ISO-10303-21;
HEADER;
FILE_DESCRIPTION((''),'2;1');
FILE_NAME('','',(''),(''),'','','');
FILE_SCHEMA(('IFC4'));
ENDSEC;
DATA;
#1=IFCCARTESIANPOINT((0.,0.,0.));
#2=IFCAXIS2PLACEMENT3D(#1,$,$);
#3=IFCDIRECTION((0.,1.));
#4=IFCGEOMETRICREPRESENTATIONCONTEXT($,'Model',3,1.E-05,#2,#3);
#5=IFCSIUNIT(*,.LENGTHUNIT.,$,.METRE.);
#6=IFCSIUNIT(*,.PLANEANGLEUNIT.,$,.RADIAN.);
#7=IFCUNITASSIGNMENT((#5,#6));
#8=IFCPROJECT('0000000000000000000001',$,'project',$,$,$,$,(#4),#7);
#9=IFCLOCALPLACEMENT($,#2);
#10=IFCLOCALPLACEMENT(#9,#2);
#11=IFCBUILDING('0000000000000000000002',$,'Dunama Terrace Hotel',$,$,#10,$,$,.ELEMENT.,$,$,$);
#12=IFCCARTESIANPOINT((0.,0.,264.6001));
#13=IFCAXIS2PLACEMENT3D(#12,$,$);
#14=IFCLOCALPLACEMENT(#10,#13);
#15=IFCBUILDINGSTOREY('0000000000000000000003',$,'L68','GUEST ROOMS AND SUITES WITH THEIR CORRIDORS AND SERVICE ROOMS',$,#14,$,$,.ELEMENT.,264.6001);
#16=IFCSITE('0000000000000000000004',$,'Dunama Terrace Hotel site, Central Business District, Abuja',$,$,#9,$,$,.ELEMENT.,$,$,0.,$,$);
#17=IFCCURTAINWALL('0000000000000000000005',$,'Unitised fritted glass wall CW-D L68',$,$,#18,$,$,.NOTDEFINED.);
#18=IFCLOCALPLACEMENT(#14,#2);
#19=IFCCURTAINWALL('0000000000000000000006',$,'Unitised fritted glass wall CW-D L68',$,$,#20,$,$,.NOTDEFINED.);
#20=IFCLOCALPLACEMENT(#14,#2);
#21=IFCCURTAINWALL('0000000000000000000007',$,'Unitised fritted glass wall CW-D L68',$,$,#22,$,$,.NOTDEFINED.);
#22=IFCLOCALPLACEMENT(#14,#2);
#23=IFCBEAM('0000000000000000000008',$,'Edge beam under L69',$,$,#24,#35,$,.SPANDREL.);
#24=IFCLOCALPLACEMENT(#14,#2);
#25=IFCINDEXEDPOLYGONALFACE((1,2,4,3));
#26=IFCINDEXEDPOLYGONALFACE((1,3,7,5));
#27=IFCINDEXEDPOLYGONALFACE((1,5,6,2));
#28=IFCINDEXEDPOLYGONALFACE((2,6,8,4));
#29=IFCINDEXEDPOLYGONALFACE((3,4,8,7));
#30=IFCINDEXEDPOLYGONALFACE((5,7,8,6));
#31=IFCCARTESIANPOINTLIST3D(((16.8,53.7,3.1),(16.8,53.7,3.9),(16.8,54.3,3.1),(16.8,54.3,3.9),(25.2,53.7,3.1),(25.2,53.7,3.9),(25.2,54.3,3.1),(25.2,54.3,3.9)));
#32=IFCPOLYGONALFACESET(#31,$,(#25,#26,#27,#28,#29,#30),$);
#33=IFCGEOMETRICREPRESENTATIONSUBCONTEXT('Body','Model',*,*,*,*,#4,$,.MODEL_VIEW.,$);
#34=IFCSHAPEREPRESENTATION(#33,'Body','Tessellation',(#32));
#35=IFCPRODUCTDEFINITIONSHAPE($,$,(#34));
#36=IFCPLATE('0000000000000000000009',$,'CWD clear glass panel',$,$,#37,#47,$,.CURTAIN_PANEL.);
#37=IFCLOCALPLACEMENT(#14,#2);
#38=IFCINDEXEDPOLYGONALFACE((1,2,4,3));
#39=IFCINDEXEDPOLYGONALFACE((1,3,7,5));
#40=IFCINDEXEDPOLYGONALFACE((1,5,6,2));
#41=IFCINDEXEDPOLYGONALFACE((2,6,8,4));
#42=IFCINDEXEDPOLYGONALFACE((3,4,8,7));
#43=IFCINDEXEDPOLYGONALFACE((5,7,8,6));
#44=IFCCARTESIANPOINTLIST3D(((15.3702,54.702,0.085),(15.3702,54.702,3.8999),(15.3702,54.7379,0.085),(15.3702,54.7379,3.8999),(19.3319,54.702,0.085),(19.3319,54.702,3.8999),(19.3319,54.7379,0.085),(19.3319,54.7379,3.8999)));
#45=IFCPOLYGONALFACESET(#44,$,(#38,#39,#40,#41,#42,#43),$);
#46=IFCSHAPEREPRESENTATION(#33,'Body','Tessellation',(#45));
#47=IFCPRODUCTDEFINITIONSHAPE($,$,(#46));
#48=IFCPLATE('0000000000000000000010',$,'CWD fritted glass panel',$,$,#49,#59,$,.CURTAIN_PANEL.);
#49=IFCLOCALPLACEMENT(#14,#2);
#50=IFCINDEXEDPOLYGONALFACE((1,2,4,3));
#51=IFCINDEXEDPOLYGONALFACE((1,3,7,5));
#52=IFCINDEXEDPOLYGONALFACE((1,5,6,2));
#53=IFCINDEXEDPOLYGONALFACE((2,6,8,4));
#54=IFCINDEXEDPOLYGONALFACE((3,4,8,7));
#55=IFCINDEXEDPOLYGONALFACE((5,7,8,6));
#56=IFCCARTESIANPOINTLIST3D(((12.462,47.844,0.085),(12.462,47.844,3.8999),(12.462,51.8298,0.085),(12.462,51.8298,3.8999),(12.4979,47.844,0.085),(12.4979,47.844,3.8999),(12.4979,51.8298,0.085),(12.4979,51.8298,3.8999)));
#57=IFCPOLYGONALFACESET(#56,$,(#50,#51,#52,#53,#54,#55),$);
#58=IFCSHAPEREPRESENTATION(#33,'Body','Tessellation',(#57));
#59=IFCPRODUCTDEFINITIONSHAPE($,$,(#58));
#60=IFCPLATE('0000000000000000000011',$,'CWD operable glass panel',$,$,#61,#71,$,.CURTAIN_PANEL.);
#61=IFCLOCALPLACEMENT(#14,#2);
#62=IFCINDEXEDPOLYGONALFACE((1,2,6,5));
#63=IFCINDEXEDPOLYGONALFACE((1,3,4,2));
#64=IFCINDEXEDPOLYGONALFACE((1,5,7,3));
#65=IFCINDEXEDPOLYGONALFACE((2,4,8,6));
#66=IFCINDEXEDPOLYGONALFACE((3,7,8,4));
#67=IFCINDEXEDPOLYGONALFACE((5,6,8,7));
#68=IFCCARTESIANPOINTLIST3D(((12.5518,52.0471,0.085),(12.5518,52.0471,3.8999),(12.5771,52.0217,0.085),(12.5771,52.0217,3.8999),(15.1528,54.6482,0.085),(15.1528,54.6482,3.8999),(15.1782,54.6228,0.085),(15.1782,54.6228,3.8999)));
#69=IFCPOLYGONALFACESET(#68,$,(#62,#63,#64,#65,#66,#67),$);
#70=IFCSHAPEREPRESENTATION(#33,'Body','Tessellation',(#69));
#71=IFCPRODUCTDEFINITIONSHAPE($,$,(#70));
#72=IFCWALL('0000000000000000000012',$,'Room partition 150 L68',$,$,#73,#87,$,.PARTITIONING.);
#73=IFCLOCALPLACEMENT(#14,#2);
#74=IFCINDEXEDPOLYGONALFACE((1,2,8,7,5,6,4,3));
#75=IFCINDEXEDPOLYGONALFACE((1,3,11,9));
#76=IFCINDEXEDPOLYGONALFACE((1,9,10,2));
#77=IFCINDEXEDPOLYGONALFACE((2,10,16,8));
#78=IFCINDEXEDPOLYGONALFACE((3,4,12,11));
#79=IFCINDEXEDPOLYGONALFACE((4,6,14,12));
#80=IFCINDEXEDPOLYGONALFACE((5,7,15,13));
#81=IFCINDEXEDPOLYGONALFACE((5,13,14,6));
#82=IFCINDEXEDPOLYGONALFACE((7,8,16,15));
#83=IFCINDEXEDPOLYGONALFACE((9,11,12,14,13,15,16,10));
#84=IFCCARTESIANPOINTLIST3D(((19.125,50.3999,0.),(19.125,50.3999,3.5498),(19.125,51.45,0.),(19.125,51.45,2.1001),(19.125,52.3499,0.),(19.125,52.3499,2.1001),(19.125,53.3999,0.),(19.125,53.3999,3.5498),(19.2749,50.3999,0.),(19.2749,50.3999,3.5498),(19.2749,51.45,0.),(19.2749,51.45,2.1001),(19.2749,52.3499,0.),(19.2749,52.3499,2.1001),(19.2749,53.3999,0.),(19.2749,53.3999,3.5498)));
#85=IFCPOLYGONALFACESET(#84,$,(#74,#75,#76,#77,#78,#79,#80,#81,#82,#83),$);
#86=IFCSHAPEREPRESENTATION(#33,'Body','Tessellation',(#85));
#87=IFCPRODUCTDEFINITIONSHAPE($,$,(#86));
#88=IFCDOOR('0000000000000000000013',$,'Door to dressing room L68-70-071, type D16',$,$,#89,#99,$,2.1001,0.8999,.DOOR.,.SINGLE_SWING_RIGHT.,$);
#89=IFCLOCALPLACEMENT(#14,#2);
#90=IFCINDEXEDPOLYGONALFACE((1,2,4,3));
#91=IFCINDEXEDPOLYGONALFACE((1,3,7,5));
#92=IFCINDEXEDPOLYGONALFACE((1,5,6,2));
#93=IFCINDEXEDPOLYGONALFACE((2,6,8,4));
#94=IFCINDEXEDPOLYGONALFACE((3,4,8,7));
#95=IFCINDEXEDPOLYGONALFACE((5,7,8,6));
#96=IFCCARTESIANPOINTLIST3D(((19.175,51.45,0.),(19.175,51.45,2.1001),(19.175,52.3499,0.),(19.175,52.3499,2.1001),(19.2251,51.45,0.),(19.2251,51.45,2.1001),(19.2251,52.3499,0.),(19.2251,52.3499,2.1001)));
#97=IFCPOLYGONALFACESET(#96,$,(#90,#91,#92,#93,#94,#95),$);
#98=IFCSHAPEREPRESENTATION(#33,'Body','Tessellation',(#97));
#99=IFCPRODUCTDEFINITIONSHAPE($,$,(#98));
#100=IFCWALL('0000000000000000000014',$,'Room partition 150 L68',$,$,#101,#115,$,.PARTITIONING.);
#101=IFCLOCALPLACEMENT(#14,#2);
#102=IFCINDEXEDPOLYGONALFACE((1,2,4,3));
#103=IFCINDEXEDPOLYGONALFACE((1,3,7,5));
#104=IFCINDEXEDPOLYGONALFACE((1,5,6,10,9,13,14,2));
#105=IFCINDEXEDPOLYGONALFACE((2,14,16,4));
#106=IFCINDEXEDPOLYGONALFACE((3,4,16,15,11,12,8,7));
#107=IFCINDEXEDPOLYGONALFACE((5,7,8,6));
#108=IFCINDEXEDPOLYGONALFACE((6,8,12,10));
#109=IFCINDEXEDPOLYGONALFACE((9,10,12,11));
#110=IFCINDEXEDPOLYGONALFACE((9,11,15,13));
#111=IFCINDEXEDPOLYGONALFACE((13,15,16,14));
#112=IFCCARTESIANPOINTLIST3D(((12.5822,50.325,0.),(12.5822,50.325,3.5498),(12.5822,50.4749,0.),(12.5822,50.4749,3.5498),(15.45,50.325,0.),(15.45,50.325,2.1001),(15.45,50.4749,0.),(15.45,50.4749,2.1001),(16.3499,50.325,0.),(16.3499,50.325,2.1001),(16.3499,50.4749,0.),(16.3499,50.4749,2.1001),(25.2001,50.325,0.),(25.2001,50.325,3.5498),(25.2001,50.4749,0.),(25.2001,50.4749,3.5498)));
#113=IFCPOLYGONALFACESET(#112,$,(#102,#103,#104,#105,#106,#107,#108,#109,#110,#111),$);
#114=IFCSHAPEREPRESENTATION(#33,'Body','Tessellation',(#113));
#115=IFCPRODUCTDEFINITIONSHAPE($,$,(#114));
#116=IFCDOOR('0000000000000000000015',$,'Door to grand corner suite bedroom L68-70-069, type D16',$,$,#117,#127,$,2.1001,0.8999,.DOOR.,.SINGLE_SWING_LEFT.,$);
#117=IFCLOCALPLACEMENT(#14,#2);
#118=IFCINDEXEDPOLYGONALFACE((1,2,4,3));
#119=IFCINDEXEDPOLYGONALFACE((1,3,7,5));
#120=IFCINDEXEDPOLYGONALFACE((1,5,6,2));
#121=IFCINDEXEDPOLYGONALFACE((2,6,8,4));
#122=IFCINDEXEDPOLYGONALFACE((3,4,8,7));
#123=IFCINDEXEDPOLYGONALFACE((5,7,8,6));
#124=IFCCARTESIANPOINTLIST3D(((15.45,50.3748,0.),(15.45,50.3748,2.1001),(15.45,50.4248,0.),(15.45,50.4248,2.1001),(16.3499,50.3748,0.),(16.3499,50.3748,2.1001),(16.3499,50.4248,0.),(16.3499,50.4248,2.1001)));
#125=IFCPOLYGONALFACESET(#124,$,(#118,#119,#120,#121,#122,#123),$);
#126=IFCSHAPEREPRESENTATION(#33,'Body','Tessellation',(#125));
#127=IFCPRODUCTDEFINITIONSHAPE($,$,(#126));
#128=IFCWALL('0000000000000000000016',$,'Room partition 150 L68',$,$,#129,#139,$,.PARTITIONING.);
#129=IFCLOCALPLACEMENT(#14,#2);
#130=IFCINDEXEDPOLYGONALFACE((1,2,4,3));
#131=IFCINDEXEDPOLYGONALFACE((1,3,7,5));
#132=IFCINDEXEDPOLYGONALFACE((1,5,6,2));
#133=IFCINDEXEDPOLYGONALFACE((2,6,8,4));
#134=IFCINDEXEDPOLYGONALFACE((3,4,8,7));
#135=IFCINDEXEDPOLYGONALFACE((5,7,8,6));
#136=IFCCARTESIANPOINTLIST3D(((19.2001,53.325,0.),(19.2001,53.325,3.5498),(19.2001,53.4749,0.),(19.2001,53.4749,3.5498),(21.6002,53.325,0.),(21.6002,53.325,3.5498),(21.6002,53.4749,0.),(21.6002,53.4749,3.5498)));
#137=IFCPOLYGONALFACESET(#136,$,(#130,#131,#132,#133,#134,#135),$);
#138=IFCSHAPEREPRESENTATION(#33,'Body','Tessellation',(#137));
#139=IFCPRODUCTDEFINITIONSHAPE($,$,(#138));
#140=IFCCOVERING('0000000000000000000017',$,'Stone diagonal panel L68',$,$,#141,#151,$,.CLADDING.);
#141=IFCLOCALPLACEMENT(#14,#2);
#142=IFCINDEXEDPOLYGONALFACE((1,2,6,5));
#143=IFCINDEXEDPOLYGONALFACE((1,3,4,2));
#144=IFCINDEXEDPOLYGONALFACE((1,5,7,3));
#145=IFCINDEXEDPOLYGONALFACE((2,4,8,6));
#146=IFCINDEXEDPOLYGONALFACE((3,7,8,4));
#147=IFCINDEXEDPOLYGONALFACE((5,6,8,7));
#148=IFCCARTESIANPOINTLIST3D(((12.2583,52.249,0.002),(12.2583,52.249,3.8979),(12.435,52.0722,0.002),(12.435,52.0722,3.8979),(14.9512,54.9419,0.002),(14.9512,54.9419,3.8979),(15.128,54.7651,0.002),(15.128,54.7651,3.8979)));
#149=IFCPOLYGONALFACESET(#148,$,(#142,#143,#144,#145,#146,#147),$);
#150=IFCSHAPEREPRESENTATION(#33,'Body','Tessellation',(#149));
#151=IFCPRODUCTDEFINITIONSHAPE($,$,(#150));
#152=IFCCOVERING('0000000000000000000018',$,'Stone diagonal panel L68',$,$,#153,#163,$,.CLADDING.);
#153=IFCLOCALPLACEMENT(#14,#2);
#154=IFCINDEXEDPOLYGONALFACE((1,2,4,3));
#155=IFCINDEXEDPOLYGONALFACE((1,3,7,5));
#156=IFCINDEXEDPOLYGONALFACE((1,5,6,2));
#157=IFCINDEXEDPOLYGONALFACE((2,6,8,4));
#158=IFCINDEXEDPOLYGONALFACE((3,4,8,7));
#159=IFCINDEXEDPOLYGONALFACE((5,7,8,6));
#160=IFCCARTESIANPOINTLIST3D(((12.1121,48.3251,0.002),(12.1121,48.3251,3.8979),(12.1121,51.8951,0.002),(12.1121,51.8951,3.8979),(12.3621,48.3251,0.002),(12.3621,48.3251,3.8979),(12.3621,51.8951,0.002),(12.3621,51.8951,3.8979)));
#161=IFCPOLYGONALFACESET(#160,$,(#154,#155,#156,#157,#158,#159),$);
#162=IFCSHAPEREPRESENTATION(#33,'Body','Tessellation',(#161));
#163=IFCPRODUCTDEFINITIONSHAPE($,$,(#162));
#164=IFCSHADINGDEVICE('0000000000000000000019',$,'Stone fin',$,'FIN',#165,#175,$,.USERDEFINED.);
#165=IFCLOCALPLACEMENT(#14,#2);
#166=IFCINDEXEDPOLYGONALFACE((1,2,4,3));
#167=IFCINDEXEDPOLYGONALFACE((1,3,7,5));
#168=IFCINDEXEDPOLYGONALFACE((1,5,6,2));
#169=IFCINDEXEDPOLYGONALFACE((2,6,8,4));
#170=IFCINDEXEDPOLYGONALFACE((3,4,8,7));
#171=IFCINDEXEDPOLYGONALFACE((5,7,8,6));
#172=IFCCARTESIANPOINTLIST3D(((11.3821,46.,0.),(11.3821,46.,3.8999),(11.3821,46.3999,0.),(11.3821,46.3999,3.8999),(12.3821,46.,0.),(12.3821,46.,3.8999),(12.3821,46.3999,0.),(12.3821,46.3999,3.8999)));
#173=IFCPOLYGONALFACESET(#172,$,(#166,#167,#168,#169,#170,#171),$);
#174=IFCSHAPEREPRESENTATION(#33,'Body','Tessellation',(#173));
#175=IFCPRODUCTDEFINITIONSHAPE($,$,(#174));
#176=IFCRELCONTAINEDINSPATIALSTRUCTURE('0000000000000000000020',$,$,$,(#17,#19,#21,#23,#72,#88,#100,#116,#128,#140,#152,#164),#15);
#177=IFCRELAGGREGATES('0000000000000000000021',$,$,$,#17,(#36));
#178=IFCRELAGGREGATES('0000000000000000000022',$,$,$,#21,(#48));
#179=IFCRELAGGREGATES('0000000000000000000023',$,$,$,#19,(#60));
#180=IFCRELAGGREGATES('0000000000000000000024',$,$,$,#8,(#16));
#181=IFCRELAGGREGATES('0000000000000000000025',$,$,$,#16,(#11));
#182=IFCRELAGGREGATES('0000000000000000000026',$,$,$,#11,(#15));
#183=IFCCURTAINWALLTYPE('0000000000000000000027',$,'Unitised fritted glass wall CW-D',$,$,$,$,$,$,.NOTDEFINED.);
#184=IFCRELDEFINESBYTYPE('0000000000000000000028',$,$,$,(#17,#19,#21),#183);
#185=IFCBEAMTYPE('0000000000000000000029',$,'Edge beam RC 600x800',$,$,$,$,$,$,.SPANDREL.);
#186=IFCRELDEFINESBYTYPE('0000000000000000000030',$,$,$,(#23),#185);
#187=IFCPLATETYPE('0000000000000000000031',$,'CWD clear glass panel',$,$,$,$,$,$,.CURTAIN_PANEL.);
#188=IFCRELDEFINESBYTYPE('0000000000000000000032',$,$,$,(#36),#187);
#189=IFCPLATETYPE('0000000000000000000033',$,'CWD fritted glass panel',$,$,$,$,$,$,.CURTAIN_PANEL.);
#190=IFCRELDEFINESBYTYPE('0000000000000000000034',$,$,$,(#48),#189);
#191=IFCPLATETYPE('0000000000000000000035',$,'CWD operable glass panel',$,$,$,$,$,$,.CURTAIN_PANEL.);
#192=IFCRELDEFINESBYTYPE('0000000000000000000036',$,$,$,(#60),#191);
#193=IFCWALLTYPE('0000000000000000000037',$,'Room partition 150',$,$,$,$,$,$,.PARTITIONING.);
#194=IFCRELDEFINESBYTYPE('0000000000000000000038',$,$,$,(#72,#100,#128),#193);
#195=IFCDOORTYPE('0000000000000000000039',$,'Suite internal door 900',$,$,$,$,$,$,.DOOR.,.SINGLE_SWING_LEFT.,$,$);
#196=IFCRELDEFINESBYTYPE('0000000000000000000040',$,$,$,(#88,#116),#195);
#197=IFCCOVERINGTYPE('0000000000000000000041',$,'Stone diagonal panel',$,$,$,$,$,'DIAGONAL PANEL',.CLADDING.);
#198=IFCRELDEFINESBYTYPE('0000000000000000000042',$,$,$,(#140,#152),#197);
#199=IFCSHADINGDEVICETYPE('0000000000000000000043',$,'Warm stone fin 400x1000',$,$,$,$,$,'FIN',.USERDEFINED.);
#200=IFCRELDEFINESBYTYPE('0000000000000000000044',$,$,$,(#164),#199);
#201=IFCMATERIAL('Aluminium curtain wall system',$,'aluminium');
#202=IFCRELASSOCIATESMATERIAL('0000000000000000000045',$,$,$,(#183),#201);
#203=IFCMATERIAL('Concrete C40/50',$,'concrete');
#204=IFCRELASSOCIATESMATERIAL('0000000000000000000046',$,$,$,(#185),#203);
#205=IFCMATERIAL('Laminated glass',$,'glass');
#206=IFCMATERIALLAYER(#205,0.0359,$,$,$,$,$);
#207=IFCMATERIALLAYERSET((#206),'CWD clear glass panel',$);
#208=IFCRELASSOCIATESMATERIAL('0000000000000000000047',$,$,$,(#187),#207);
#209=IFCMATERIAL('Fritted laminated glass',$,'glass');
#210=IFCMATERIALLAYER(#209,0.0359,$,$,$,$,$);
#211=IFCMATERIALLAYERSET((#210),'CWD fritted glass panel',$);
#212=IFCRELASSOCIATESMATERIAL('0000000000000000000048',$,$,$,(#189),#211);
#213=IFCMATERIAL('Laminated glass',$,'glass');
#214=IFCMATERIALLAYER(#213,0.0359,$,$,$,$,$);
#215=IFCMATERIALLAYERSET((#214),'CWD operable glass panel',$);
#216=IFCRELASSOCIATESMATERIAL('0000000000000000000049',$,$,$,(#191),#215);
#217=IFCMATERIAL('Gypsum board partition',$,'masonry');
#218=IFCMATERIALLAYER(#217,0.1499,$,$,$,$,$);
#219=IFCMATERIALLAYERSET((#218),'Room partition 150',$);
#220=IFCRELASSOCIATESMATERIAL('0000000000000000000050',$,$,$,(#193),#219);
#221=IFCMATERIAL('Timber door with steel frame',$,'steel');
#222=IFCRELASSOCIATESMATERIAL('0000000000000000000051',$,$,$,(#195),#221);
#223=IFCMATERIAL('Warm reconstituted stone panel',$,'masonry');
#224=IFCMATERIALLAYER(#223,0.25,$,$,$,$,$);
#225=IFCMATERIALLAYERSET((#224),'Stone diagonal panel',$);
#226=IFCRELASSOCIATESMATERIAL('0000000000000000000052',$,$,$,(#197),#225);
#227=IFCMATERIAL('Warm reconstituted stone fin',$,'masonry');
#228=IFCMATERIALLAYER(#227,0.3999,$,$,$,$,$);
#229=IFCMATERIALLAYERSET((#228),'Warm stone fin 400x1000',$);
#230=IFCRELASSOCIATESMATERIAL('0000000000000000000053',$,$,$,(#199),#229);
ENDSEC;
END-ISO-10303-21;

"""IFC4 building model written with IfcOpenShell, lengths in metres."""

from ifc_helpers import new_model, si_unit, direction, frame, frame_2d, origin, origin_2d, place, context, subcontext, project, spatial, rectangle, extrude, material, layer, layer_set, material_profile, profile_set, type_object, element, fill, aggregate, save


model = new_model("IFC4")

# Units and contexts
model_context = context("Model", 3, precision=1e-05, world=origin(), true_north=direction((0.0, 1.0)))
body_context = subcontext(model_context, "Body", "Model", "MODEL_VIEW")
ifc_project = project(units=[si_unit("LENGTHUNIT", "METRE"), si_unit("PLANEANGLEUNIT", "RADIAN")], contexts=[model_context])

# Site, building, storey
site_placement = place(None, origin())
site = spatial("IfcSite", under=ifc_project, at=site_placement, Name="Dunama Terrace Hotel site, Central Business District, Abuja", CompositionType="ELEMENT", RefElevation=0.0)
building_placement = place(site_placement, origin())
building = spatial("IfcBuilding", under=site, at=building_placement, Name="Dunama Terrace Hotel", CompositionType="ELEMENT")
storey_placement = place(building_placement, frame((0.0, 0.0, 264.6001)))
storey = spatial("IfcBuildingStorey", under=building, at=storey_placement, Name="L68", Description="GUEST ROOMS AND SUITES WITH THEIR CORRIDORS AND SERVICE ROOMS", CompositionType="ELEMENT", Elevation=264.6001)

# Curtain walls
ifc_material_1 = material(Name="Aluminium curtain wall system", Category="aluminium")
curtain_wall_type = type_object("IfcCurtainWallType", Name="Unitised fritted glass wall CW-D", PredefinedType="NOTDEFINED", material=ifc_material_1)
curtain_wall_1_placement = place(storey_placement, origin())
curtain_wall_1 = element("IfcCurtainWall", 1, at=curtain_wall_1_placement, inside=storey, type_object=curtain_wall_type, Name="Unitised fritted glass wall CW-D L68", PredefinedType="NOTDEFINED")
curtain_wall_2_placement = place(storey_placement, origin())
curtain_wall_2 = element("IfcCurtainWall", 2, at=curtain_wall_2_placement, inside=storey, type_object=curtain_wall_type, Name="Unitised fritted glass wall CW-D L68", PredefinedType="NOTDEFINED")
curtain_wall_3_placement = place(storey_placement, origin())
curtain_wall_3 = element("IfcCurtainWall", 3, at=curtain_wall_3_placement, inside=storey, type_object=curtain_wall_type, Name="Unitised fritted glass wall CW-D L68", PredefinedType="NOTDEFINED")

# Beam
ifc_material_2 = material(Name="Concrete C40/50", Category="concrete")
ifc_material_profile_1 = material_profile(ifc_material_2, rectangle(XDim=0.6001, YDim=0.8, at=origin_2d()), Name="RC 600x800")
ifc_profile_set_1 = profile_set([ifc_material_profile_1], Name="Concrete C40/50")
beam_type_1 = type_object("IfcBeamType", Name="Edge beam RC 600x800", PredefinedType="SPANDREL", material=ifc_profile_set_1)
beam_1_placement = place(storey_placement, frame((16.8, 54.0, 3.5), z_axis=(1.0, 0.0, 0.0), x_axis=(0.0, 1.0, 0.0)))
element("IfcBeam", 4, at=beam_1_placement, inside=storey, type_object=beam_type_1, Name="Edge beam under L69", PredefinedType="SPANDREL", context=body_context, shape_type="SweptSolid", body=[
    extrude(rectangle(XDim=0.6001, YDim=0.8, at=origin_2d()), origin(), (0.0, 0.0, 1.0), 8.3999),
])

# Plates
ifc_material_3 = material(Name="Laminated glass", Category="glass")
ifc_layer_1 = layer(ifc_material_3, 0.0359)
ifc_layer_set_1 = layer_set([ifc_layer_1], Name="CWD clear glass panel")
plate_type_1 = type_object("IfcPlateType", Name="CWD clear glass panel", PredefinedType="CURTAIN_PANEL", material=ifc_layer_set_1)
plate_1_placement = place(storey_placement, frame((17.3511, 54.72, 0.085), z_axis=(0.0, 0.0, 1.0), x_axis=(-1.0, 0.0, 0.0)))
plate_1 = element("IfcPlate", 5, at=plate_1_placement, type_object=plate_type_1, Name="CWD clear glass panel", PredefinedType="CURTAIN_PANEL", context=body_context, shape_type="SweptSolid", body=[
    extrude(rectangle(XDim=3.9617, YDim=0.0359, at=origin_2d()), origin(), (0.0, 0.0, 1.0), 3.8149),
])
aggregate(curtain_wall_1, [plate_1])
ifc_material_4 = material(Name="Fritted laminated glass", Category="glass")
ifc_layer_2 = layer(ifc_material_4, 0.0359)
ifc_layer_set_2 = layer_set([ifc_layer_2], Name="CWD fritted glass panel")
plate_type_2 = type_object("IfcPlateType", Name="CWD fritted glass panel", PredefinedType="CURTAIN_PANEL", material=ifc_layer_set_2)
plate_2_placement = place(storey_placement, frame((12.48, 49.8369, 0.085), z_axis=(0.0, 0.0, 1.0), x_axis=(0.0, -1.0, 0.0)))
plate_2 = element("IfcPlate", 6, at=plate_2_placement, type_object=plate_type_2, Name="CWD fritted glass panel", PredefinedType="CURTAIN_PANEL", context=body_context, shape_type="SweptSolid", body=[
    extrude(rectangle(XDim=3.9858, YDim=0.0359, at=origin_2d()), origin(), (0.0, 0.0, 1.0), 3.8149),
])
aggregate(curtain_wall_3, [plate_2])
ifc_material_5 = material(Name="Laminated glass", Category="glass")
ifc_layer_3 = layer(ifc_material_5, 0.0359)
ifc_layer_set_3 = layer_set([ifc_layer_3], Name="CWD operable glass panel")
plate_type_3 = type_object("IfcPlateType", Name="CWD operable glass panel", PredefinedType="CURTAIN_PANEL", material=ifc_layer_set_3)
plate_3_placement = place(storey_placement, frame((13.865, 53.335, 0.085), z_axis=(0.0, 0.0, 1.0), x_axis=(-0.707107, -0.707107, 0.0)))
plate_3 = element("IfcPlate", 7, at=plate_3_placement, type_object=plate_type_3, Name="CWD operable glass panel", PredefinedType="CURTAIN_PANEL", context=body_context, shape_type="SweptSolid", body=[
    extrude(rectangle(XDim=3.6785, YDim=0.0359, at=origin_2d()), origin(), (0.0, 0.0, 1.0), 3.8149),
])
aggregate(curtain_wall_2, [plate_3])

# Walls, openings, doors
ifc_material_6 = material(Name="Gypsum board partition", Category="masonry")
ifc_layer_4 = layer(ifc_material_6, 0.1499)
ifc_layer_set_4 = layer_set([ifc_layer_4], Name="Room partition 150")
wall_type = type_object("IfcWallType", Name="Room partition 150", PredefinedType="PARTITIONING", material=ifc_layer_set_4)
wall_1_placement = place(storey_placement, frame((19.2, 50.3999, 0.0), z_axis=(0.0, 0.0, 1.0), x_axis=(0.0, 1.0, 0.0)))
wall_1 = element("IfcWall", 8, at=wall_1_placement, inside=storey, type_object=wall_type, Name="Room partition 150 L68", PredefinedType="PARTITIONING", context=body_context, shape_type="SweptSolid", body=[
    extrude(rectangle(XDim=3.0, YDim=0.1499, at=frame_2d((1.5, 0.0))), origin(), (0.0, 0.0, 1.0), 3.5498),
])
opening_1_placement = place(wall_1_placement, frame((1.05, 0.0, 0.0)))
opening_1 = element("IfcOpeningElement", 9, at=opening_1_placement, cuts=wall_1, PredefinedType="OPENING", context=body_context, shape_type="SweptSolid", body=[
    extrude(rectangle(XDim=0.8999, YDim=2.1001, at=frame_2d((0.45, 1.05))), frame((0.0, 0.085, 0.0), z_axis=(0.0, -1.0, 0.0), x_axis=(1.0, 0.0, 0.0)), (0.0, 0.0, 1.0), 0.1699),
])
ifc_material_7 = material(Name="Timber door with steel frame", Category="steel")
door_type = type_object("IfcDoorType", Name="Suite internal door 900", OperationType="SINGLE_SWING_LEFT", PredefinedType="DOOR", material=ifc_material_7)
door_1_placement = place(opening_1_placement, frame((0.8999, 0.0, 0.0), z_axis=(0.0, 0.0, 1.0), x_axis=(-1.0, 0.0, 0.0)))
door_1 = element("IfcDoor", 10, at=door_1_placement, inside=storey, type_object=door_type, Name="Door to dressing room L68-70-071, type D16", OperationType="SINGLE_SWING_RIGHT", OverallHeight=2.1001, OverallWidth=0.8999, PredefinedType="DOOR", context=body_context, shape_type="SweptSolid", body=[
    extrude(rectangle(XDim=0.8999, YDim=2.1001, at=frame_2d((0.45, 1.05))), frame((0.0, 0.0251, 0.0), z_axis=(0.0, -1.0, 0.0), x_axis=(1.0, 0.0, 0.0)), (0.0, 0.0, 1.0), 0.05),
])
fill(opening_1, door_1)
wall_2_placement = place(storey_placement, frame((12.582, 50.3999, 0.0), z_axis=(0.0, 0.0, 1.0), x_axis=(1.0, 0.0, 0.0)))
wall_2 = element("IfcWall", 11, at=wall_2_placement, inside=storey, type_object=wall_type, Name="Room partition 150 L68", PredefinedType="PARTITIONING", context=body_context, shape_type="SweptSolid", body=[
    extrude(rectangle(XDim=12.6179, YDim=0.1499, at=frame_2d((6.3091, 0.0))), origin(), (0.0, 0.0, 1.0), 3.5498),
])
opening_2_placement = place(wall_2_placement, frame((2.8679, 0.0, 0.0)))
opening_2 = element("IfcOpeningElement", 12, at=opening_2_placement, cuts=wall_2, PredefinedType="OPENING", context=body_context, shape_type="SweptSolid", body=[
    extrude(rectangle(XDim=0.8999, YDim=2.1001, at=frame_2d((0.45, 1.05))), frame((0.0, 0.085, 0.0), z_axis=(0.0, -1.0, 0.0), x_axis=(1.0, 0.0, 0.0)), (0.0, 0.0, 1.0), 0.1699),
])
door_2_placement = place(opening_2_placement, origin())
door_2 = element("IfcDoor", 13, at=door_2_placement, inside=storey, type_object=door_type, Name="Door to grand corner suite bedroom L68-70-069, type D16", OperationType="SINGLE_SWING_LEFT", OverallHeight=2.1001, OverallWidth=0.8999, PredefinedType="DOOR", context=body_context, shape_type="SweptSolid", body=[
    extrude(rectangle(XDim=0.8999, YDim=2.1001, at=frame_2d((0.45, 1.05))), frame((0.0, 0.0249, 0.0), z_axis=(0.0, -1.0, 0.0), x_axis=(1.0, 0.0, 0.0)), (0.0, 0.0, 1.0), 0.05),
])
fill(opening_2, door_2)

# Wall
wall_3_placement = place(storey_placement, frame((19.2, 53.3999, 0.0), z_axis=(0.0, 0.0, 1.0), x_axis=(1.0, 0.0, 0.0)))
element("IfcWall", 14, at=wall_3_placement, inside=storey, type_object=wall_type, Name="Room partition 150 L68", PredefinedType="PARTITIONING", context=body_context, shape_type="SweptSolid", body=[
    extrude(rectangle(XDim=2.4001, YDim=0.1499, at=frame_2d((1.2002, 0.0))), origin(), (0.0, 0.0, 1.0), 3.5498),
])

# Coverings
ifc_material_8 = material(Name="Warm reconstituted stone panel", Category="masonry")
ifc_layer_5 = layer(ifc_material_8, 0.25)
ifc_layer_set_5 = layer_set([ifc_layer_5], Name="Stone diagonal panel")
covering_type = type_object("IfcCoveringType", Name="Stone diagonal panel", ElementType="DIAGONAL PANEL", PredefinedType="CLADDING", material=ifc_layer_set_5)
covering_1_placement = place(storey_placement, frame((13.6931, 53.5071, 0.002), z_axis=(0.0, 0.0, 1.0), x_axis=(-0.707107, -0.707107, 0.0)))
element("IfcCovering", 15, at=covering_1_placement, inside=storey, type_object=covering_type, Name="Stone diagonal panel L68", PredefinedType="CLADDING", context=body_context, shape_type="SweptSolid", body=[
    extrude(rectangle(XDim=3.8083, YDim=0.25, at=origin_2d()), origin(), (0.0, 0.0, 1.0), 3.896),
])
covering_2_placement = place(storey_placement, frame((12.2371, 50.1101, 0.002), z_axis=(0.0, 0.0, 1.0), x_axis=(0.0, -1.0, 0.0)))
element("IfcCovering", 16, at=covering_2_placement, inside=storey, type_object=covering_type, Name="Stone diagonal panel L68", PredefinedType="CLADDING", context=body_context, shape_type="SweptSolid", body=[
    extrude(rectangle(XDim=3.5701, YDim=0.25, at=origin_2d()), origin(), (0.0, 0.0, 1.0), 3.896),
])

# Shading device
ifc_material_9 = material(Name="Warm reconstituted stone fin", Category="masonry")
ifc_layer_6 = layer(ifc_material_9, 0.3999)
ifc_layer_set_6 = layer_set([ifc_layer_6], Name="Warm stone fin 400x1000")
shading_device_type = type_object("IfcShadingDeviceType", Name="Warm stone fin 400x1000", ElementType="FIN", PredefinedType="USERDEFINED", material=ifc_layer_set_6)
shading_device_placement = place(storey_placement, frame((11.8821, 46.2, 0.0), z_axis=(0.0, 0.0, 1.0), x_axis=(0.0, -1.0, 0.0)))
element("IfcShadingDevice", 17, at=shading_device_placement, inside=storey, type_object=shading_device_type, Name="Stone fin", ObjectType="FIN", PredefinedType="USERDEFINED", context=body_context, shape_type="SweptSolid", body=[
    extrude(rectangle(XDim=0.3999, YDim=1.0, at=origin_2d()), origin(), (0.0, 0.0, 1.0), 3.8999),
])

save(model, "model.ifc")
